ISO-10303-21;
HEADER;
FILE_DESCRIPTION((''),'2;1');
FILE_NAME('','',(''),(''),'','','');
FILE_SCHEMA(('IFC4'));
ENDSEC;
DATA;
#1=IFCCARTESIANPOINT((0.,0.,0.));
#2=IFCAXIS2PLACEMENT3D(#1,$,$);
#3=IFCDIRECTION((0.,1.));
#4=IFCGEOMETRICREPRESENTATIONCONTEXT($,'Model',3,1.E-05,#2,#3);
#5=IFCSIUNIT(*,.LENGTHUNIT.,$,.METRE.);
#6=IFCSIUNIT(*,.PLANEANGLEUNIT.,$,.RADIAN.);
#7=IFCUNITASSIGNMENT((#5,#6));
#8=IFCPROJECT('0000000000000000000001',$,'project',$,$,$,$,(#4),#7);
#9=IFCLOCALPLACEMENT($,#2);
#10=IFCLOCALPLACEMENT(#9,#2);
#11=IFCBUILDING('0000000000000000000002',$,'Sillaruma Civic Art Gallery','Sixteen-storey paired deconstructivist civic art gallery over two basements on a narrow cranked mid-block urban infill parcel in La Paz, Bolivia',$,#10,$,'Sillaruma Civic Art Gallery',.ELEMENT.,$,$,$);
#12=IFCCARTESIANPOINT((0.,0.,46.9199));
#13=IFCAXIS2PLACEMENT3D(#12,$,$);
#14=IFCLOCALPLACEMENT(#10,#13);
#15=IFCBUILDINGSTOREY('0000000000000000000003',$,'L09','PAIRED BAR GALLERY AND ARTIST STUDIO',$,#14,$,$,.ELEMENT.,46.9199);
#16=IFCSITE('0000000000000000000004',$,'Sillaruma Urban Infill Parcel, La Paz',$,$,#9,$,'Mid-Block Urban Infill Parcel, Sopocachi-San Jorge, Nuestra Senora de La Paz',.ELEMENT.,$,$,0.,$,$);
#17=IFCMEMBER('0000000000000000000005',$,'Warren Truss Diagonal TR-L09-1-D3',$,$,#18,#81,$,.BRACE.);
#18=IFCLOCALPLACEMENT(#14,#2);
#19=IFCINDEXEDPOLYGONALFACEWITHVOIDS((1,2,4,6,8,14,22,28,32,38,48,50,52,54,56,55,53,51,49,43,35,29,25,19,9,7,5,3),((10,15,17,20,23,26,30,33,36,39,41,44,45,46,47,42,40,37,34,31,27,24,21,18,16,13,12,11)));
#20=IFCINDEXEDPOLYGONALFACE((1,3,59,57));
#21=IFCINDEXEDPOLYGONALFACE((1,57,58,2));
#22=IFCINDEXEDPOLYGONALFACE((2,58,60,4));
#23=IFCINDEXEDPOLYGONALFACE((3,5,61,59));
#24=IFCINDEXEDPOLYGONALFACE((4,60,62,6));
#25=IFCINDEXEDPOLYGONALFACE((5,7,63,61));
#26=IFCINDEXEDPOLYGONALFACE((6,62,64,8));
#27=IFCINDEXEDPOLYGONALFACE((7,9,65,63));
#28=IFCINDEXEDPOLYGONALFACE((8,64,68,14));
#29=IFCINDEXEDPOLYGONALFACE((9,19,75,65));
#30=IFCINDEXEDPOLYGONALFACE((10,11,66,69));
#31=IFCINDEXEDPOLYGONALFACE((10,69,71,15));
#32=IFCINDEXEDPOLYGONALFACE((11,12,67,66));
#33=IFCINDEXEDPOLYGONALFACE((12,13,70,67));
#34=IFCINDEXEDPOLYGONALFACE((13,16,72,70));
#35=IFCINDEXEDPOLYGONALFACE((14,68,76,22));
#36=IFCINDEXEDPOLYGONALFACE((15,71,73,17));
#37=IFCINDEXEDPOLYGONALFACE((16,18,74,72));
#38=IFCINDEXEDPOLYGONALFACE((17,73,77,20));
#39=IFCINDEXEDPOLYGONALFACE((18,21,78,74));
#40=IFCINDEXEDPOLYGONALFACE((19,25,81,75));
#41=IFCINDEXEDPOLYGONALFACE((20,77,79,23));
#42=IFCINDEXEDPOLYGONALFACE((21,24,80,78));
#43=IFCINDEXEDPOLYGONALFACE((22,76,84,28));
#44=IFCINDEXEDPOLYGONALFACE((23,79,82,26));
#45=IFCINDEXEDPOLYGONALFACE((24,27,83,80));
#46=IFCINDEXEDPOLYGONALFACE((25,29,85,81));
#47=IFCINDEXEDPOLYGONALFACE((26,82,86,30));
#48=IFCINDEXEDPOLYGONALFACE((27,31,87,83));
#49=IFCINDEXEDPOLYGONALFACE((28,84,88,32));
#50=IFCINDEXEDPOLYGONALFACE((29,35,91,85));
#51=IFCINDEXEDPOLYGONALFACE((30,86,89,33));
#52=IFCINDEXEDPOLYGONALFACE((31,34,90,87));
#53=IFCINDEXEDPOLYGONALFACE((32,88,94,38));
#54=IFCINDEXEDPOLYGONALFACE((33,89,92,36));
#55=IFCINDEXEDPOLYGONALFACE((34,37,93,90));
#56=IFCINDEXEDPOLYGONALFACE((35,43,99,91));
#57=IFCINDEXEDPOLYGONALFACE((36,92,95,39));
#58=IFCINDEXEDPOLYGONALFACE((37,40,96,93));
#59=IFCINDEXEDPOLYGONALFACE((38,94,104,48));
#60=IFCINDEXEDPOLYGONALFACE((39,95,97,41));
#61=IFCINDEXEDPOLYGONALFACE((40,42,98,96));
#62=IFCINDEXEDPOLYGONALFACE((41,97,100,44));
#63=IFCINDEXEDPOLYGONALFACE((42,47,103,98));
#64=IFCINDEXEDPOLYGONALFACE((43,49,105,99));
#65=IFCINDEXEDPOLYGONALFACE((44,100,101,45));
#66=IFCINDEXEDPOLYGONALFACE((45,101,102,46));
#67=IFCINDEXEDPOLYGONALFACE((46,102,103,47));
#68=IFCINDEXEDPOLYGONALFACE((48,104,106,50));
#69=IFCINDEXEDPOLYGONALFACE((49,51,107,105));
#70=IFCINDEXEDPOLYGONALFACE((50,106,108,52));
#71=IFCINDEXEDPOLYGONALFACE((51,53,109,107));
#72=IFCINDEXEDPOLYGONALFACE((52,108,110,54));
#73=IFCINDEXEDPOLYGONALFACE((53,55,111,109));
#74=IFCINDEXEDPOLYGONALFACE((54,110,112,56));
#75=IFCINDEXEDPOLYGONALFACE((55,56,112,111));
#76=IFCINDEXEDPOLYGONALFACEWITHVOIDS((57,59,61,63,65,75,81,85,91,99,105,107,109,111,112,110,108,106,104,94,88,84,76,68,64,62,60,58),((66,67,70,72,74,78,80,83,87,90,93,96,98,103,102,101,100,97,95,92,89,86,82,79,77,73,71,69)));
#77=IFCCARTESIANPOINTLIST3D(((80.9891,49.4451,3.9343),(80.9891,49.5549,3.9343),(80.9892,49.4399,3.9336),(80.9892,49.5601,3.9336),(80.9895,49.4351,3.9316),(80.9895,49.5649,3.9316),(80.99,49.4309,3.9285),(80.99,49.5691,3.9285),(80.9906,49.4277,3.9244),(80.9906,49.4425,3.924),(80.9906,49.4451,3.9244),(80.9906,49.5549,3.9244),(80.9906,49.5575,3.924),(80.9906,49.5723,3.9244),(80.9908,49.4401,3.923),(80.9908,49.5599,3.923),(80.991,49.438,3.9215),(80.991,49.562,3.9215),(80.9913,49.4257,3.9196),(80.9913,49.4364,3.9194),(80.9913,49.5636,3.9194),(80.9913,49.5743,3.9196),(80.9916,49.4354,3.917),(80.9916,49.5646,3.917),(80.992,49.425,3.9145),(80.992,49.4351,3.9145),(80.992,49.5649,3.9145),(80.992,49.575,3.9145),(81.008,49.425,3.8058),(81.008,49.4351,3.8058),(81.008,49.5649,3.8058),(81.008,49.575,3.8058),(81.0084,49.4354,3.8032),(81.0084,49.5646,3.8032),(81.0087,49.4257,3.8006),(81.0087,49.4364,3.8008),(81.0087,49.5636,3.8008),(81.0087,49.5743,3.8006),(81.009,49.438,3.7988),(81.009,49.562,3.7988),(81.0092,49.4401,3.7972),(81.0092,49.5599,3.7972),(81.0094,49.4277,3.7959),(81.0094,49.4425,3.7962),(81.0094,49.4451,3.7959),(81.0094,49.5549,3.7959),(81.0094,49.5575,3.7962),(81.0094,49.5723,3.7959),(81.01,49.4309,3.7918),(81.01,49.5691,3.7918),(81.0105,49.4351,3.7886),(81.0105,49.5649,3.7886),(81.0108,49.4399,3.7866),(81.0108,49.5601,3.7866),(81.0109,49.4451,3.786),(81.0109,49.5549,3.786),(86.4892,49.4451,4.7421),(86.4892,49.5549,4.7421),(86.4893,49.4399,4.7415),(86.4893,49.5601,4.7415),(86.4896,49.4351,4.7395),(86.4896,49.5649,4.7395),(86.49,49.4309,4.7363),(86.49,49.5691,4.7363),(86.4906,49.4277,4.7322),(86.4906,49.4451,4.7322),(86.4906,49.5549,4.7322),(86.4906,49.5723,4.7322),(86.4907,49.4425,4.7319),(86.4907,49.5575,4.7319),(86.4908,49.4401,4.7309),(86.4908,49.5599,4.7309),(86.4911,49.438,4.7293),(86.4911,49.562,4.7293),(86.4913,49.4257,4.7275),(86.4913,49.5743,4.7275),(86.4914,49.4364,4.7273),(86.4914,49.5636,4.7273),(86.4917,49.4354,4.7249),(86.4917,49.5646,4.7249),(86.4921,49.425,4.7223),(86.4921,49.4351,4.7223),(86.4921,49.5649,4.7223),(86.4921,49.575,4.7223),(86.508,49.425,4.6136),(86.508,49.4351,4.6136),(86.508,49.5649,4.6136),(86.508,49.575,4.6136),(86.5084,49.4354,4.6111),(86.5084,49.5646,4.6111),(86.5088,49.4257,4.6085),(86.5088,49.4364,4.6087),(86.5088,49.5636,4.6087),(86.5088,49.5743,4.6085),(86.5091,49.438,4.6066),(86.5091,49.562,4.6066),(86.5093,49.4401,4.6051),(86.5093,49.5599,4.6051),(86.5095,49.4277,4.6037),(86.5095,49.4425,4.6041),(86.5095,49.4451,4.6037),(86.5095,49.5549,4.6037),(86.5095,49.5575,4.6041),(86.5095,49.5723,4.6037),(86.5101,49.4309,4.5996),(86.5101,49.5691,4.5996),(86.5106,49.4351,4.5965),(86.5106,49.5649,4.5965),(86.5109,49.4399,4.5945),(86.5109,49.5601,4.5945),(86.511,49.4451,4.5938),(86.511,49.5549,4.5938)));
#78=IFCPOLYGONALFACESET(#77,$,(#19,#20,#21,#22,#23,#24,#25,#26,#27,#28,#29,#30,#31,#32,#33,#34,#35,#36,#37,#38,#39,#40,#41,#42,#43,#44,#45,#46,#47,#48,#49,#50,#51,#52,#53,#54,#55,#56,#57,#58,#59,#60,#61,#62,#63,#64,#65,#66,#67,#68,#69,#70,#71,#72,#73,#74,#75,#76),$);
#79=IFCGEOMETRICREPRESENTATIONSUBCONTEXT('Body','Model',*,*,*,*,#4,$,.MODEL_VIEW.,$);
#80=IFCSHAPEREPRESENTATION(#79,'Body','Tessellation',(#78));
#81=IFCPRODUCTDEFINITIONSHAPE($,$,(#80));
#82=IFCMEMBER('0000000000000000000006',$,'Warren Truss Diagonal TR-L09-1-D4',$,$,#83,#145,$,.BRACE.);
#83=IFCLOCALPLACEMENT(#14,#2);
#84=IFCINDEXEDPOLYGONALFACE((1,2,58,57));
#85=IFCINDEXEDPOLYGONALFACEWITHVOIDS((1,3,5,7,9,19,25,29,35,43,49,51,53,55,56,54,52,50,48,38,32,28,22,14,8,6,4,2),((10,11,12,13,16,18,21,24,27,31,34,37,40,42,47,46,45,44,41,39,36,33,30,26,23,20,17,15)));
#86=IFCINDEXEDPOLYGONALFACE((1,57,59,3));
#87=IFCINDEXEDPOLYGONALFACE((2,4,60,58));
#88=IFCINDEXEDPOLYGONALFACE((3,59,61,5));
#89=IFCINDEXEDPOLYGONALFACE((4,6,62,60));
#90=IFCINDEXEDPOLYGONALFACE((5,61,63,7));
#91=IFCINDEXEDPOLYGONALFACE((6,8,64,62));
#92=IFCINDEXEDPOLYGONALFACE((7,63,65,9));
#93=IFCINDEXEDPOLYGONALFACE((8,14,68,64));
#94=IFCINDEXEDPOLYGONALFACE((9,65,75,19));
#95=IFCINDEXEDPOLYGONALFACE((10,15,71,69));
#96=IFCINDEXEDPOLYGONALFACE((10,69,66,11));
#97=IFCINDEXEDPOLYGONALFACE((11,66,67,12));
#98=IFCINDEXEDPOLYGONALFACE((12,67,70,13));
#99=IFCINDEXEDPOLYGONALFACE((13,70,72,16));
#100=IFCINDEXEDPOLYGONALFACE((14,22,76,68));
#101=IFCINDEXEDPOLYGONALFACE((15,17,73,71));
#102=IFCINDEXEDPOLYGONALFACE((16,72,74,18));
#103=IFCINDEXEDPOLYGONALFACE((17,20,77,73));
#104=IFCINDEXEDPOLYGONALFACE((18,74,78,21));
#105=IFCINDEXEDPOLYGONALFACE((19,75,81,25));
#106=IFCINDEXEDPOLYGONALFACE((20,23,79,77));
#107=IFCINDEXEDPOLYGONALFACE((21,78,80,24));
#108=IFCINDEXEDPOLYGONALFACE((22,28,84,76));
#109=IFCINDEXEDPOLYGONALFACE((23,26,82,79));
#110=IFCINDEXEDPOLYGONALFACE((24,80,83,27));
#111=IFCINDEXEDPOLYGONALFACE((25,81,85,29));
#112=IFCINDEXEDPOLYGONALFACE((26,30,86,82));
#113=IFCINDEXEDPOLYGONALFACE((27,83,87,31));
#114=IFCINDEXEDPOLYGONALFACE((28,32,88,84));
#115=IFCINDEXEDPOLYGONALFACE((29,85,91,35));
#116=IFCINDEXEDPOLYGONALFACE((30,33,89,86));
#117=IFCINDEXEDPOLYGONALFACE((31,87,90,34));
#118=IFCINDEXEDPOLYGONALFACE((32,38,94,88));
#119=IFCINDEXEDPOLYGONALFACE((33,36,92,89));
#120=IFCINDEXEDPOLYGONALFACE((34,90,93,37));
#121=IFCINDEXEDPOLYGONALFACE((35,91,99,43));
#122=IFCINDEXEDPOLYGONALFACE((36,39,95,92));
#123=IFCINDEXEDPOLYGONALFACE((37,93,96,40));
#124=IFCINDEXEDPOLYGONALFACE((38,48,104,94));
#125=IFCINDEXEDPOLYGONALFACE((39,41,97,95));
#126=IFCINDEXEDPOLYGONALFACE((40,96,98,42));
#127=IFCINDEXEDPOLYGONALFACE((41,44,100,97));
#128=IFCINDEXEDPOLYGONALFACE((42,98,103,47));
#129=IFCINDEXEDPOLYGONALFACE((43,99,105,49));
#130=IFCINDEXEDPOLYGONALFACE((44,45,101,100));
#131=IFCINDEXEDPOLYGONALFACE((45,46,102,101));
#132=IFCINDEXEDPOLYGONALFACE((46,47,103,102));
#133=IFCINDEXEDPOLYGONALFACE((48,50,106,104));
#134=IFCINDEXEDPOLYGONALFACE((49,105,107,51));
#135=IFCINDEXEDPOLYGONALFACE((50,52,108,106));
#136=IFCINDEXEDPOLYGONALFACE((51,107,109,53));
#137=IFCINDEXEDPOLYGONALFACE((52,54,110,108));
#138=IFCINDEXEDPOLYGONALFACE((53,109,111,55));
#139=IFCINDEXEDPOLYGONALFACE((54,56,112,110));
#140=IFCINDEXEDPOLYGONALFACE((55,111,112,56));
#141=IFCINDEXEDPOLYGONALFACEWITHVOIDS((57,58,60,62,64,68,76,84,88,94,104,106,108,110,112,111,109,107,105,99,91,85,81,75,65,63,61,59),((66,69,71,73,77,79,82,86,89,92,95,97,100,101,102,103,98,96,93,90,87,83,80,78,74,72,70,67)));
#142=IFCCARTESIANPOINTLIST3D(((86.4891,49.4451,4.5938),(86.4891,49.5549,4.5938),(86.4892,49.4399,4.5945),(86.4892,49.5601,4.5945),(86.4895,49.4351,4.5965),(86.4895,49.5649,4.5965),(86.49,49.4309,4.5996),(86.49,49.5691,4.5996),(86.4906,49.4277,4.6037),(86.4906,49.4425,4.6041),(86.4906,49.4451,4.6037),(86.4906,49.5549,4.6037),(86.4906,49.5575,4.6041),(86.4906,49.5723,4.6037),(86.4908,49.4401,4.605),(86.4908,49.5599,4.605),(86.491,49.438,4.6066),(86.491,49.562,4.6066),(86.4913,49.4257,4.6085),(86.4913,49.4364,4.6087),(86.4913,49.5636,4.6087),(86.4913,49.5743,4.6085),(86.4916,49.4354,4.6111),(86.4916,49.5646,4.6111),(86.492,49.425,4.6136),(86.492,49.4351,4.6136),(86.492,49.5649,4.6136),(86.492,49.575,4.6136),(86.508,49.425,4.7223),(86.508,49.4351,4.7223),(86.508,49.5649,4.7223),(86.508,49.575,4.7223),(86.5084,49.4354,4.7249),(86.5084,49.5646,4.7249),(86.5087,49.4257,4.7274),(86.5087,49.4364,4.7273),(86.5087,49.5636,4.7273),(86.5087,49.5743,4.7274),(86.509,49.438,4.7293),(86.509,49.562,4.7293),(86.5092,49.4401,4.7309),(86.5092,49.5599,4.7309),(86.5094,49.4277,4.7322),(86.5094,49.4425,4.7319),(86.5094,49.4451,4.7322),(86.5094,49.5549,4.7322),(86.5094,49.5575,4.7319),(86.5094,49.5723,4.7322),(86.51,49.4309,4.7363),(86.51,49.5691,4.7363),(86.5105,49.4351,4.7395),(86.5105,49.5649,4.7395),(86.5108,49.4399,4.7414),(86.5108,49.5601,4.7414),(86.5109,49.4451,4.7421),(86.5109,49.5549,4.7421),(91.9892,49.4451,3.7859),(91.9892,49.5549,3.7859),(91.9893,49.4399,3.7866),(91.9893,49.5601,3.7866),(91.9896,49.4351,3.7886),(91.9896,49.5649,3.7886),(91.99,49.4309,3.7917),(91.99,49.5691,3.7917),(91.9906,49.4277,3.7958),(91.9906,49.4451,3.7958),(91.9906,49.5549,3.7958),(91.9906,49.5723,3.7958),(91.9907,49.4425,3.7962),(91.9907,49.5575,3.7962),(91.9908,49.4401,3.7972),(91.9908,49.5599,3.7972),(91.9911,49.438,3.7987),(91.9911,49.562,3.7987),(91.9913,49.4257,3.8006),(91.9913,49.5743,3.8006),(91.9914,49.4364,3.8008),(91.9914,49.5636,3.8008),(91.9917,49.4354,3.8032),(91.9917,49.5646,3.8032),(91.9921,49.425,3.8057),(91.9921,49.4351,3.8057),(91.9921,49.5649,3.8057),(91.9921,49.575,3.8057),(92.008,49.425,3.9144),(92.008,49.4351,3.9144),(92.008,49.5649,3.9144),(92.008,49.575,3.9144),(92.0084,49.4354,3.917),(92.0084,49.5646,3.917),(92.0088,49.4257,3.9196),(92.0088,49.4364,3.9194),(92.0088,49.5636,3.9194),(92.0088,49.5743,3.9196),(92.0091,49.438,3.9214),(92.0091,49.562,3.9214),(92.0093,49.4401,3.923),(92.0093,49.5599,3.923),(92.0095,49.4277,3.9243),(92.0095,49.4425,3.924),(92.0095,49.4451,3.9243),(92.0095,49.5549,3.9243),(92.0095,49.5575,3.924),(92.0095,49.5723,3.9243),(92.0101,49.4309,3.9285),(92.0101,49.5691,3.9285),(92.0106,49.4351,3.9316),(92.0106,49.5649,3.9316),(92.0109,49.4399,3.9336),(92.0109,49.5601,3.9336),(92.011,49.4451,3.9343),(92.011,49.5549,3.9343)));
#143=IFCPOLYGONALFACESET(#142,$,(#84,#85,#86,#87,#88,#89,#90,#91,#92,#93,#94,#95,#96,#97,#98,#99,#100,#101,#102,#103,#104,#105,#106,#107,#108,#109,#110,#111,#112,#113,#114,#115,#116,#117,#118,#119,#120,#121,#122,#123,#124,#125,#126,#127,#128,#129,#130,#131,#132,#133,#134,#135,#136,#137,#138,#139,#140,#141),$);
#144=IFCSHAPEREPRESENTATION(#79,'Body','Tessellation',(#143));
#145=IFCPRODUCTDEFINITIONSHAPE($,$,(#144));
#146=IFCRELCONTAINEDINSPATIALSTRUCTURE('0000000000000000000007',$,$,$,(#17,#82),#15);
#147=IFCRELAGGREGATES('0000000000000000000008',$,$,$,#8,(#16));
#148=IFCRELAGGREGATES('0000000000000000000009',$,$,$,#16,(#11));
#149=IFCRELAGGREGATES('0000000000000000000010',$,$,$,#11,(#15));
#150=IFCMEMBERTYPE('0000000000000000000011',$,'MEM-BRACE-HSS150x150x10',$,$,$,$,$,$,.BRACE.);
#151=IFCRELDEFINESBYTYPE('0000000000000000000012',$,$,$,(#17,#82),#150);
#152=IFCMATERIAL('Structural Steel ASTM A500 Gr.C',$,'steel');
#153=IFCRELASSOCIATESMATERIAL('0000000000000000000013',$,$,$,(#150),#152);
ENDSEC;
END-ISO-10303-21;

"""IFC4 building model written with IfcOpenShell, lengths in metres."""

from ifc_helpers import new_model, si_unit, direction, frame, origin, origin_2d, place, context, subcontext, project, spatial, hollow_rectangle, extrude, material, material_profile, profile_set, type_object, element, save


model = new_model("IFC4")

# Units and contexts
model_context = context("Model", 3, precision=1e-05, world=origin(), true_north=direction((0.0, 1.0)))
body_context = subcontext(model_context, "Body", "Model", "MODEL_VIEW")
ifc_project = project(units=[si_unit("LENGTHUNIT", "METRE"), si_unit("PLANEANGLEUNIT", "RADIAN")], contexts=[model_context])

# Site, building, storey
site_placement = place(None, origin())
site = spatial("IfcSite", under=ifc_project, at=site_placement, Name="Sillaruma Urban Infill Parcel, La Paz", LongName="Mid-Block Urban Infill Parcel, Sopocachi-San Jorge, Nuestra Senora de La Paz", CompositionType="ELEMENT", RefElevation=0.0)
building_placement = place(site_placement, origin())
building = spatial("IfcBuilding", under=site, at=building_placement, Name="Sillaruma Civic Art Gallery", Description="Sixteen-storey paired deconstructivist civic art gallery over two basements on a narrow cranked mid-block urban infill parcel in La Paz, Bolivia", LongName="Sillaruma Civic Art Gallery", CompositionType="ELEMENT")
storey_placement = place(building_placement, frame((0.0, 0.0, 46.9199)))
storey = spatial("IfcBuildingStorey", under=building, at=storey_placement, Name="L09", Description="PAIRED BAR GALLERY AND ARTIST STUDIO", CompositionType="ELEMENT", Elevation=46.9199)

# Shared definitions
ifc_material_1 = material(Name="Structural Steel ASTM A500 Gr.C", Category="steel")

# Members
ifc_material_profile_1 = material_profile(ifc_material_1, hollow_rectangle(XDim=0.1499, YDim=0.1499, WallThickness=0.01, InnerFilletRadius=0.01, OuterFilletRadius=0.02, at=origin_2d()), Name="HSS150x150x10")
ifc_profile_set_1 = profile_set([ifc_material_profile_1], Name="Structural Steel ASTM A500 Gr.C")
member_type_1 = type_object("IfcMemberType", Name="MEM-BRACE-HSS150x150x10", PredefinedType="BRACE", material=ifc_profile_set_1)
for number, where, z_axis, x_axis, name in (
    (1, (81.0, 49.5, 3.8601), (0.989384, 0.0, 0.145325), (0.0, 1.0, 0.0), "Warren Truss Diagonal TR-L09-1-D3"),
    (2, (86.5, 49.5, 4.668), (0.989384, 0.0, -0.145325), (0.0, 1.0, 0.0), "Warren Truss Diagonal TR-L09-1-D4"),
):
    element("IfcMember", number, at=place(storey_placement, frame(where, z_axis=z_axis, x_axis=x_axis)), inside=storey, type_object=member_type_1, Name=name, PredefinedType="BRACE", context=body_context, shape_type="SweptSolid", body=[
        extrude(hollow_rectangle(XDim=0.1499, YDim=0.1499, WallThickness=0.01, InnerFilletRadius=0.01, OuterFilletRadius=0.02, at=origin_2d()), origin(), (0.0, 0.0, 1.0), 5.5591),
    ])

save(model, "model.ifc")
